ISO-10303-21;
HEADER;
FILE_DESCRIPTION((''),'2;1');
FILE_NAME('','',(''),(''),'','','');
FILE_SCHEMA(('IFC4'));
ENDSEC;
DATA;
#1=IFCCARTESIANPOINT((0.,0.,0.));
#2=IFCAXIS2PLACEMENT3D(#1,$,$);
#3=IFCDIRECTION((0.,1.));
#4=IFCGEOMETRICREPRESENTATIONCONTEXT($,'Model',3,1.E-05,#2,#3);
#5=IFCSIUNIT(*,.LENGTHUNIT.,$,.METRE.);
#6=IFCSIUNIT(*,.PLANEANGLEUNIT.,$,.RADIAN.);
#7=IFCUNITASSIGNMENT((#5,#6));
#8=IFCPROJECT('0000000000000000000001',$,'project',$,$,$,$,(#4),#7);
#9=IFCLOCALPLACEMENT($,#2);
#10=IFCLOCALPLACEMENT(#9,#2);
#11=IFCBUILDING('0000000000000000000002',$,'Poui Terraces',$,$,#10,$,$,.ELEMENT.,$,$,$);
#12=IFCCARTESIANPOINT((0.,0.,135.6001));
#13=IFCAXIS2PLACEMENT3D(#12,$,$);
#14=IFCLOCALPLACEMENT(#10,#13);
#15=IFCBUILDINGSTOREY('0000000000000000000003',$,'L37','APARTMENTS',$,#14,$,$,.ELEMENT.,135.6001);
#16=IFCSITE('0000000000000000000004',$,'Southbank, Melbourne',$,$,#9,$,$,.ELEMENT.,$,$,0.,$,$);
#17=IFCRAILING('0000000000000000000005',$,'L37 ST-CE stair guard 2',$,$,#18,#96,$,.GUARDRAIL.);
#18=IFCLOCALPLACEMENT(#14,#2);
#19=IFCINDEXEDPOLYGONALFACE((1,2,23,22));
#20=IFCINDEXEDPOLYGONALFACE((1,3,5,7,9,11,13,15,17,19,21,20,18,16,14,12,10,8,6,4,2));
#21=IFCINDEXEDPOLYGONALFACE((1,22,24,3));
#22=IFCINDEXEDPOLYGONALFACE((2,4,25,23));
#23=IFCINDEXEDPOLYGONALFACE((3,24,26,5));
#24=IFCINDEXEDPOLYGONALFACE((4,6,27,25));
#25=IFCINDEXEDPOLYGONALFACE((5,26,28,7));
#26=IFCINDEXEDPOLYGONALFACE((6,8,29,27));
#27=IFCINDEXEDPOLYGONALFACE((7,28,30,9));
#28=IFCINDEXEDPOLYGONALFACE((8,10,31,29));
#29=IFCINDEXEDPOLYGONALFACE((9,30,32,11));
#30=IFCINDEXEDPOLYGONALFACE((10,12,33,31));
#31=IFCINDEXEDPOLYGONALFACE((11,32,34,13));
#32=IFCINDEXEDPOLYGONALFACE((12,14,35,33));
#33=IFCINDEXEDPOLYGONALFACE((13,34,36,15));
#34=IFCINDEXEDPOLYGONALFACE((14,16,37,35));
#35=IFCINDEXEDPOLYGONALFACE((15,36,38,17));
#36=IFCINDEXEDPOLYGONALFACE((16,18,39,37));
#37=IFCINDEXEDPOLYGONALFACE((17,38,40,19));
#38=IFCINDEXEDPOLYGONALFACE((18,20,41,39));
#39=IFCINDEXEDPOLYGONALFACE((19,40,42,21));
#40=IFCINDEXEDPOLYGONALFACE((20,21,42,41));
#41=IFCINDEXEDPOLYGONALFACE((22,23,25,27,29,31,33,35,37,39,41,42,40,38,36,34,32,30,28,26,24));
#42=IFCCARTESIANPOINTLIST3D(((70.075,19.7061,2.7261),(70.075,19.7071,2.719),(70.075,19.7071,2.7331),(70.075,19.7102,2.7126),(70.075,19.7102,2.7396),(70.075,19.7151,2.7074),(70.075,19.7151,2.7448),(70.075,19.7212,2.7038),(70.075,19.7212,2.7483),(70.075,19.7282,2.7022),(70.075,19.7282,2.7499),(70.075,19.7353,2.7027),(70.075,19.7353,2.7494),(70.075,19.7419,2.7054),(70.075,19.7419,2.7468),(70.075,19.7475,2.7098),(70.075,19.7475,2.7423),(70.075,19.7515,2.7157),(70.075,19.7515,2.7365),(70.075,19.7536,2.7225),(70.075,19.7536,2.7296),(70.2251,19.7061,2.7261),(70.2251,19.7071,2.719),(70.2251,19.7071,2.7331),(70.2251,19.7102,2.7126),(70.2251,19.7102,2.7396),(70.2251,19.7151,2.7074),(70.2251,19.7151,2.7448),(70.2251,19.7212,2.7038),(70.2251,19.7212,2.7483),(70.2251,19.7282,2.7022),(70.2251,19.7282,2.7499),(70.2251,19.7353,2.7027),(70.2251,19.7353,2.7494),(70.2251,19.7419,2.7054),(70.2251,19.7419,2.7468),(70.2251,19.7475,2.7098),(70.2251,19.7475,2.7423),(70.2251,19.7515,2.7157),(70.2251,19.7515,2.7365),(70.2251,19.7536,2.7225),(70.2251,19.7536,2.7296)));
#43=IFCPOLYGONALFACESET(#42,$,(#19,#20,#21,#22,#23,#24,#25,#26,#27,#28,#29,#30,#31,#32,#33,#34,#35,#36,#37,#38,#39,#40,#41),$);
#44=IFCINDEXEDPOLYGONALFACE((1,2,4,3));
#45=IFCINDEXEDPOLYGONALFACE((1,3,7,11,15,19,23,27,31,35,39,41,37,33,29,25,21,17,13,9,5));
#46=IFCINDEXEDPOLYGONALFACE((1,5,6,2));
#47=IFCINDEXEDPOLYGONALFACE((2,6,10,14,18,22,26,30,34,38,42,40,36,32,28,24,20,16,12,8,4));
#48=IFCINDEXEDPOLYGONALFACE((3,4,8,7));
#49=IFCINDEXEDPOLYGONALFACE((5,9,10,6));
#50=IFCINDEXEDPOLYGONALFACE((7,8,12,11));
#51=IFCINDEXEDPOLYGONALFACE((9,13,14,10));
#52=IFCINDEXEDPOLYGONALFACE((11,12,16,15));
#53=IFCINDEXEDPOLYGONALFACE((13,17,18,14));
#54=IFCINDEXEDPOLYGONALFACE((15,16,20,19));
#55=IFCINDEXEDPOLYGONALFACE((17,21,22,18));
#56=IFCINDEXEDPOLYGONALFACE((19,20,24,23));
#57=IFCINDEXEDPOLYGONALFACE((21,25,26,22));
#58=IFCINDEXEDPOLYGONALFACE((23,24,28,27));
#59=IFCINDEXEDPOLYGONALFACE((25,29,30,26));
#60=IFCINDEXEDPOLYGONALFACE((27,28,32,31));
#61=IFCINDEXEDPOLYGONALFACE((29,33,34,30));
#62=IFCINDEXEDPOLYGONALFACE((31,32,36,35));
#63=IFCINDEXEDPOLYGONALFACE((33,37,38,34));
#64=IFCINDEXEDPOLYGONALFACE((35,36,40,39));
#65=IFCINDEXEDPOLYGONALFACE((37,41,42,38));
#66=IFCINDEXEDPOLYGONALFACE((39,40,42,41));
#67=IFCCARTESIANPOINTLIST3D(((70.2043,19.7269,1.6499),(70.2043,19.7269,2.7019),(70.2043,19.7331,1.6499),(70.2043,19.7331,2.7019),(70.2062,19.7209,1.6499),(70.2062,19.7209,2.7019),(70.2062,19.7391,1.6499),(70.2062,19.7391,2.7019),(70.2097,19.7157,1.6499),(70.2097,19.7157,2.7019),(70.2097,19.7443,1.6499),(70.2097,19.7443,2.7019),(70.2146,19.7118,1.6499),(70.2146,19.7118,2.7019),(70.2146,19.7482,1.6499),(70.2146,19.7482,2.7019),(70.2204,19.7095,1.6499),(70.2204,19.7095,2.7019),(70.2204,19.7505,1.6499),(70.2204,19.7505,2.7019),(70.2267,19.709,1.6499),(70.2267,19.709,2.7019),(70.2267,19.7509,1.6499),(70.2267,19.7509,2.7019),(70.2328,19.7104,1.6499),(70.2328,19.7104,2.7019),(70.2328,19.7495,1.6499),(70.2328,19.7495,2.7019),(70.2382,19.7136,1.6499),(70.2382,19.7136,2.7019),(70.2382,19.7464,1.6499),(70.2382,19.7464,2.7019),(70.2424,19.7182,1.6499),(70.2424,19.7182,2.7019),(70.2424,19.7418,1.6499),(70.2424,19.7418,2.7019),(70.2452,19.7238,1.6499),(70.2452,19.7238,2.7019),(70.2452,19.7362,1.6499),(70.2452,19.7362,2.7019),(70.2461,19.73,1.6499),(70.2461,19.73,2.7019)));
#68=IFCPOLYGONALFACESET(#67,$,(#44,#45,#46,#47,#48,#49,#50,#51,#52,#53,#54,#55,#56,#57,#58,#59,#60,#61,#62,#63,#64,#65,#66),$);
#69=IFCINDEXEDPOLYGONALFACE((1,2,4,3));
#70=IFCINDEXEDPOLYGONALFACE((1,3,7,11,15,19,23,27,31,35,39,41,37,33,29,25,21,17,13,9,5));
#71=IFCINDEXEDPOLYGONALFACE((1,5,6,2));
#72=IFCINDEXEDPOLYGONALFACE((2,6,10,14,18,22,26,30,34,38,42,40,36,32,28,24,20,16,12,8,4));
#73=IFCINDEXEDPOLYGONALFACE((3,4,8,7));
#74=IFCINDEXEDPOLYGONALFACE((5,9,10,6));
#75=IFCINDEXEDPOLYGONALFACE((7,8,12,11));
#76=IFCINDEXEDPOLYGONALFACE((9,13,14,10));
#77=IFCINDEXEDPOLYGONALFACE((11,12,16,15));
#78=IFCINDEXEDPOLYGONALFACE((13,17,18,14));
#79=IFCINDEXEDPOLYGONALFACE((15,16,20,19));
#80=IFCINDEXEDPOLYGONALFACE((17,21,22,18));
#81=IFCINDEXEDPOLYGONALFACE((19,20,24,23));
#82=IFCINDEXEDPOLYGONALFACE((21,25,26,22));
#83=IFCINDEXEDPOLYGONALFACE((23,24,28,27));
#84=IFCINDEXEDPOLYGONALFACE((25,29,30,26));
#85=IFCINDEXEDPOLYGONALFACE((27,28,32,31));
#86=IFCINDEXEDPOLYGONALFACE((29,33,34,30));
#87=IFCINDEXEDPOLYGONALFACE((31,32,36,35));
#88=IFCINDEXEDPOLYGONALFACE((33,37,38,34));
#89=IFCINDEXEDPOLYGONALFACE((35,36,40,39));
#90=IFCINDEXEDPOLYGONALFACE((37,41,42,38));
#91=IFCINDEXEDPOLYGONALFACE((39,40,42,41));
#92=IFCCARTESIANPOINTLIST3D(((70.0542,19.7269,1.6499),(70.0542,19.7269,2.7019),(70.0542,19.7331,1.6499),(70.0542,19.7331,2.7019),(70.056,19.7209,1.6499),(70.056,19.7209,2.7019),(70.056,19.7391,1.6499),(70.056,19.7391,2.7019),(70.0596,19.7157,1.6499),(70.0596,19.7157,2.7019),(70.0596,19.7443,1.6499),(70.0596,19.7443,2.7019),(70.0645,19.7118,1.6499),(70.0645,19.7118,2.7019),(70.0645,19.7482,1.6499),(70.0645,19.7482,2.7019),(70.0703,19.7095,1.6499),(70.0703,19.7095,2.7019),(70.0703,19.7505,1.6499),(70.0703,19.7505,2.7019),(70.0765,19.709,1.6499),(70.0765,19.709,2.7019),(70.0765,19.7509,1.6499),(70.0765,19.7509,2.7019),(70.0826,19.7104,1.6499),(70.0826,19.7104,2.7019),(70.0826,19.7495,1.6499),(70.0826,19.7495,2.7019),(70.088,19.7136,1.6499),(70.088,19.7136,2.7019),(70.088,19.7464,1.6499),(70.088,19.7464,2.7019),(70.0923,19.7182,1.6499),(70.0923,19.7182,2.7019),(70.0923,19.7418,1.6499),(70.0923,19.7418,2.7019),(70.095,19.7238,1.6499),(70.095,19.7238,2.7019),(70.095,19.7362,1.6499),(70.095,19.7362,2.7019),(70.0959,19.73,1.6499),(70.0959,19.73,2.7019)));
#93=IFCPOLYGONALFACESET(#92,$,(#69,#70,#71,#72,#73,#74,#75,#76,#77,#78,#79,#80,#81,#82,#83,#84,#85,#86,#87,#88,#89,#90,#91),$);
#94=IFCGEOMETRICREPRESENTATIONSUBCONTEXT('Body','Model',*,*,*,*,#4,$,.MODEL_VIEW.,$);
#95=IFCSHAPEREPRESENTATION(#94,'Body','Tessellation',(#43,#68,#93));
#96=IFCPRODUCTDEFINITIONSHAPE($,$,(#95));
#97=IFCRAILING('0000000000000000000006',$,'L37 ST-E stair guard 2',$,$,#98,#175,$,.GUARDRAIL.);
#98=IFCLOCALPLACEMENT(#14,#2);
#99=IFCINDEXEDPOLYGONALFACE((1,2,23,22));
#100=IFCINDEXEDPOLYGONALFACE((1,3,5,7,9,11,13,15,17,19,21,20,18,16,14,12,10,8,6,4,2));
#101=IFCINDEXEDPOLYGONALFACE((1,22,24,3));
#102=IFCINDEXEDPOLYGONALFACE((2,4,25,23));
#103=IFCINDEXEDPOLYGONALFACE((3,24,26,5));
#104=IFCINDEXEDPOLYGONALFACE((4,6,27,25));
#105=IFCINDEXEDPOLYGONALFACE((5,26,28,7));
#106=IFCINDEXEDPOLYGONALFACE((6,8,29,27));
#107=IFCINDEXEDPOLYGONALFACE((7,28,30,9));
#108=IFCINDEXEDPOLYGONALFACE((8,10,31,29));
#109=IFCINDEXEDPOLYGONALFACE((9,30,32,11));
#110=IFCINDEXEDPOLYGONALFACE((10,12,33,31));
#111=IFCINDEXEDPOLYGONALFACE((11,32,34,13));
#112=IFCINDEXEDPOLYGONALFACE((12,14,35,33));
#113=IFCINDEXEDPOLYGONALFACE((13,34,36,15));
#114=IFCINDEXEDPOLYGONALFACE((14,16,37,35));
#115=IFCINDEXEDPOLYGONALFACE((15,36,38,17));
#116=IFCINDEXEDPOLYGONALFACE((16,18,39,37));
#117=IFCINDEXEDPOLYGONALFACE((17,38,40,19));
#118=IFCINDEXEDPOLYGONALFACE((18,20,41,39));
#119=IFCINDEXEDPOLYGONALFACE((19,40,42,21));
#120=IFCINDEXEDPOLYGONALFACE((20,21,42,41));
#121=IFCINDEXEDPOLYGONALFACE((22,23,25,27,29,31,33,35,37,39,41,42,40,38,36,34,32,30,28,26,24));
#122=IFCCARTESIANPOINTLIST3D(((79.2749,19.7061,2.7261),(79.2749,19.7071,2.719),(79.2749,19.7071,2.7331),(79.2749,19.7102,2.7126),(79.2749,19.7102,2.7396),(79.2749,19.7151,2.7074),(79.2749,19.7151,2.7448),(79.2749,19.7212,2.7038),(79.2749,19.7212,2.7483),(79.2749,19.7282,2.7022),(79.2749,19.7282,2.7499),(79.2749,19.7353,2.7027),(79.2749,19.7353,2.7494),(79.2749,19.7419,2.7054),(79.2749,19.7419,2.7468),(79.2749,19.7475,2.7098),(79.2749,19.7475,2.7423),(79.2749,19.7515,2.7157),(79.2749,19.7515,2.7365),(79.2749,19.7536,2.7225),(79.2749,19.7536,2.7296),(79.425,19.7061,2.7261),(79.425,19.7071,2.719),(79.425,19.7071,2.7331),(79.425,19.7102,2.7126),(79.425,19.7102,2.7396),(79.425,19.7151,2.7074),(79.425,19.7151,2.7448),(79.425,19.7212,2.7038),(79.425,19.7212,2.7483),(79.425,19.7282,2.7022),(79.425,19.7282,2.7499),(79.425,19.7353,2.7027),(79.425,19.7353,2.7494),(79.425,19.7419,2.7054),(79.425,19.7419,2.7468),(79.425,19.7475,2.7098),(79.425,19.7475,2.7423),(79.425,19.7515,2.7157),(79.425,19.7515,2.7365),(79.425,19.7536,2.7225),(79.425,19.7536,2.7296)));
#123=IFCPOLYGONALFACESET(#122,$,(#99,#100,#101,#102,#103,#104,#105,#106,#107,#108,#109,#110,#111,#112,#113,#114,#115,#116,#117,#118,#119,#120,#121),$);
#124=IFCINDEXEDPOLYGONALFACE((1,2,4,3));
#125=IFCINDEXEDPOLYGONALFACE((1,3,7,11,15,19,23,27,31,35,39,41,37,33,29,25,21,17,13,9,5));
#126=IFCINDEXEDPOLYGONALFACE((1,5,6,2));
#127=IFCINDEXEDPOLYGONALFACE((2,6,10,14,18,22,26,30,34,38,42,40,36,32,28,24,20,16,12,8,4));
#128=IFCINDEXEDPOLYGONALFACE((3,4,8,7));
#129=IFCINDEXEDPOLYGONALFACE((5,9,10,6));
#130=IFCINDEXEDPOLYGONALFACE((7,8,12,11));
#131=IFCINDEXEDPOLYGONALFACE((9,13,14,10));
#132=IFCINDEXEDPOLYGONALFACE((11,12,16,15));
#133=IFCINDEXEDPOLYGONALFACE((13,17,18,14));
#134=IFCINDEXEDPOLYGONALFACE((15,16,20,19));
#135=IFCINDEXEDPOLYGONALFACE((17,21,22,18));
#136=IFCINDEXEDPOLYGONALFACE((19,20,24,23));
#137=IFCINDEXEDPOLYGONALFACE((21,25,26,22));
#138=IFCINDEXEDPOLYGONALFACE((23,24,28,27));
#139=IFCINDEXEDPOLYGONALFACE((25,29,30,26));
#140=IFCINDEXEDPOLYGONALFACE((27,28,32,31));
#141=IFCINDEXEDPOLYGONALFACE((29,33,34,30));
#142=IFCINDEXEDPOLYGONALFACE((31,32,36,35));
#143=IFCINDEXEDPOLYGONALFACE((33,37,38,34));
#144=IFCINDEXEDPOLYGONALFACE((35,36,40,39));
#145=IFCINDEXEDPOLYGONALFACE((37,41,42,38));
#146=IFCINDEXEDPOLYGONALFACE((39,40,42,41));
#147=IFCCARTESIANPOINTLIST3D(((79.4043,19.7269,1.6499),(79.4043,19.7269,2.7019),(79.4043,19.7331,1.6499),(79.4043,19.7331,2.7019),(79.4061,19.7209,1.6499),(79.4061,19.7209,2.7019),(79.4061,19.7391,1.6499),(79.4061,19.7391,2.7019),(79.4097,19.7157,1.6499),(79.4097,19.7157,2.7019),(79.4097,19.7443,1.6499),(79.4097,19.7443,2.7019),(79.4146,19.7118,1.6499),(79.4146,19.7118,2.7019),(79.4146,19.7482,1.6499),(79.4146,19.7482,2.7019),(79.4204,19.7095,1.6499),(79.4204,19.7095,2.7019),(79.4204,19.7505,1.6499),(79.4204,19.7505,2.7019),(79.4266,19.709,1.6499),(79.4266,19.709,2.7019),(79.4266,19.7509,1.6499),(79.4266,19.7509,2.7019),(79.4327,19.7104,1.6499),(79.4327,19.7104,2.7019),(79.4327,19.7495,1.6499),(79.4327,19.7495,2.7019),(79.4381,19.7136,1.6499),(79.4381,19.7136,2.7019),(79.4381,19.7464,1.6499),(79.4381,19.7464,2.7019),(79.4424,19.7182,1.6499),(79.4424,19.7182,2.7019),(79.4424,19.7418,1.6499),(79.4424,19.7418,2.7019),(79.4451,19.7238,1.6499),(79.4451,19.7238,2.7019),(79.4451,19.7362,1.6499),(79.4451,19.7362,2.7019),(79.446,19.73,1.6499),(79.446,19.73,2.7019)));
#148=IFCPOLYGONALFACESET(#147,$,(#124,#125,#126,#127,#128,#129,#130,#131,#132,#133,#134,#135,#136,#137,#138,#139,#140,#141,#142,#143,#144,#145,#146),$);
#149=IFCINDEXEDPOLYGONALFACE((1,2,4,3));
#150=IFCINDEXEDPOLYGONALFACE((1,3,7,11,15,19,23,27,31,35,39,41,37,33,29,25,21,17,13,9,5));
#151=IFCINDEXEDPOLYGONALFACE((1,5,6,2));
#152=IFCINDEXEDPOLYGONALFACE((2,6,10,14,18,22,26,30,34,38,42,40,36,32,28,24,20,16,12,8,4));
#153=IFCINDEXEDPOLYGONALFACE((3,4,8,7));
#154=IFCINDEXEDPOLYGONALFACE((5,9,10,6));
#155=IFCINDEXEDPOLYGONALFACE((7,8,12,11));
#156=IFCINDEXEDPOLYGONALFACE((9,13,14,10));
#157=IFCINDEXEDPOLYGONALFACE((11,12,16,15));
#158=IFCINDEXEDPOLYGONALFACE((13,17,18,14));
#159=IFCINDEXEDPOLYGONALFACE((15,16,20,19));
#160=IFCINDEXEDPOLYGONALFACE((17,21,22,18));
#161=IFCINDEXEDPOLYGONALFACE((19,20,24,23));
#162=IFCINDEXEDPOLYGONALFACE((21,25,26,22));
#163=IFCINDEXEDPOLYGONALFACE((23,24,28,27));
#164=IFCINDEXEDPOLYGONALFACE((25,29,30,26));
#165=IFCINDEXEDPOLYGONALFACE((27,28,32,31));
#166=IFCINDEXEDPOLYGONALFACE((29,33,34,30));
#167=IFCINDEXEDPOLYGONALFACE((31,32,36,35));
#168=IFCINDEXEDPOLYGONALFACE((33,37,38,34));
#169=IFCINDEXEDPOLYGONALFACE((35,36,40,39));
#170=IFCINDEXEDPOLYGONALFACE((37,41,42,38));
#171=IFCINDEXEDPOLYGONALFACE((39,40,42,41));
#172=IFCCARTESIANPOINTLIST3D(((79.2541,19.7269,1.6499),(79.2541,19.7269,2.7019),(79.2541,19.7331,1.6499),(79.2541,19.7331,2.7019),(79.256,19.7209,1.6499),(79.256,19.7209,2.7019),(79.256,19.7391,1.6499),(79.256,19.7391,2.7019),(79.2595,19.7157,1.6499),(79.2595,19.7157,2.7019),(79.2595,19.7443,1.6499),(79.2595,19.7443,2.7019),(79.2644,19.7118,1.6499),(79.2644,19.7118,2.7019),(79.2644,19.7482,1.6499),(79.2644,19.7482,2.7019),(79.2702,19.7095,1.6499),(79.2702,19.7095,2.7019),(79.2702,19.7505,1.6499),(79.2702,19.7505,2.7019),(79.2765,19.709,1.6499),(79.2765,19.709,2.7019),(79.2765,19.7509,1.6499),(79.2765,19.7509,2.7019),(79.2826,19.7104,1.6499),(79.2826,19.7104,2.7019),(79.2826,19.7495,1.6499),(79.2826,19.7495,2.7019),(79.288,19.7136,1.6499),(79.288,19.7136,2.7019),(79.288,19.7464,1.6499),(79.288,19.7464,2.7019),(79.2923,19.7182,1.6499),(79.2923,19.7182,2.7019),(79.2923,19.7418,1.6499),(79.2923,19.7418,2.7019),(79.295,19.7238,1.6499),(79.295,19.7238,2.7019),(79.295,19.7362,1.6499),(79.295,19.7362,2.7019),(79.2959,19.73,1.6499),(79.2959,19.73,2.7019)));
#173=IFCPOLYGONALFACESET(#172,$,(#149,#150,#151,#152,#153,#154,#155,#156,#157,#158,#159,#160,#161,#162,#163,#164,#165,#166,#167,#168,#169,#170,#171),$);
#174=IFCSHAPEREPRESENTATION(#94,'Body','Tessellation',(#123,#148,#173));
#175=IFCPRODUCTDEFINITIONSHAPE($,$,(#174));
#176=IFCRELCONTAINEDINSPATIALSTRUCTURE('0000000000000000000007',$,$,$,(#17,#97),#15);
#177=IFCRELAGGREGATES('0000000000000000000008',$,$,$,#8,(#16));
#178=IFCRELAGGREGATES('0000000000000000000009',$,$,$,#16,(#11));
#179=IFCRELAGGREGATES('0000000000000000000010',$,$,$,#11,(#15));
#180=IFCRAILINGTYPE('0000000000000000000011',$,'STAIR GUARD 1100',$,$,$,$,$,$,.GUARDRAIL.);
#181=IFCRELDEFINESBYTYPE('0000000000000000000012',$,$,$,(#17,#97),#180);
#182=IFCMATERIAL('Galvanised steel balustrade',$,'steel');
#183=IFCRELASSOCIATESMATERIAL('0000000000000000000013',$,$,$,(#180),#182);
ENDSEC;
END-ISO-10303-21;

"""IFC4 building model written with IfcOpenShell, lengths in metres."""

from ifc_helpers import new_model, si_unit, direction, frame, origin, origin_2d, place, context, subcontext, project, spatial, circle, extrude, material, type_object, element, save


model = new_model("IFC4")

# Units and contexts
model_context = context("Model", 3, precision=1e-05, world=origin(), true_north=direction((0.0, 1.0)))
body_context = subcontext(model_context, "Body", "Model", "MODEL_VIEW")
ifc_project = project(units=[si_unit("LENGTHUNIT", "METRE"), si_unit("PLANEANGLEUNIT", "RADIAN")], contexts=[model_context])

# Site, building, storey
site_placement = place(None, origin())
site = spatial("IfcSite", under=ifc_project, at=site_placement, Name="Southbank, Melbourne", CompositionType="ELEMENT", RefElevation=0.0)
building_placement = place(site_placement, origin())
building = spatial("IfcBuilding", under=site, at=building_placement, Name="Poui Terraces", CompositionType="ELEMENT")
storey_placement = place(building_placement, frame((0.0, 0.0, 135.6001)))
storey = spatial("IfcBuildingStorey", under=building, at=storey_placement, Name="L37", Description="APARTMENTS", CompositionType="ELEMENT", Elevation=135.6001)

# Railings
ifc_material_1 = material(Name="Galvanised steel balustrade", Category="steel")
railing_type_1 = type_object("IfcRailingType", Name="STAIR GUARD 1100", PredefinedType="GUARDRAIL", material=ifc_material_1)
for number, where, name in (
    (1, (70.2251, 19.73, 1.6499), "L37 ST-CE stair guard 2"),
    (2, (79.425, 19.73, 1.6499), "L37 ST-E stair guard 2"),
):
    element("IfcRailing", number, at=place(storey_placement, frame(where)), inside=storey, type_object=railing_type_1, Name=name, PredefinedType="GUARDRAIL", context=body_context, shape_type="SweptSolid", body=[
        extrude(circle(Radius=0.0239, at=origin_2d()), frame((0.0, 0.0, 1.0762), z_axis=(-1.0, 0.0, 0.0), x_axis=(0.0, -1.0, 0.0)), (0.0, 0.0, 1.0), 0.1501),
        extrude(circle(Radius=0.021, at=origin_2d()), origin(), (0.0, 0.0, 1.0), 1.052),
        extrude(circle(Radius=0.021, at=origin_2d()), frame((-0.1501, 0.0, 0.0)), (0.0, 0.0, 1.0), 1.052),
    ])

save(model, "model.ifc")
